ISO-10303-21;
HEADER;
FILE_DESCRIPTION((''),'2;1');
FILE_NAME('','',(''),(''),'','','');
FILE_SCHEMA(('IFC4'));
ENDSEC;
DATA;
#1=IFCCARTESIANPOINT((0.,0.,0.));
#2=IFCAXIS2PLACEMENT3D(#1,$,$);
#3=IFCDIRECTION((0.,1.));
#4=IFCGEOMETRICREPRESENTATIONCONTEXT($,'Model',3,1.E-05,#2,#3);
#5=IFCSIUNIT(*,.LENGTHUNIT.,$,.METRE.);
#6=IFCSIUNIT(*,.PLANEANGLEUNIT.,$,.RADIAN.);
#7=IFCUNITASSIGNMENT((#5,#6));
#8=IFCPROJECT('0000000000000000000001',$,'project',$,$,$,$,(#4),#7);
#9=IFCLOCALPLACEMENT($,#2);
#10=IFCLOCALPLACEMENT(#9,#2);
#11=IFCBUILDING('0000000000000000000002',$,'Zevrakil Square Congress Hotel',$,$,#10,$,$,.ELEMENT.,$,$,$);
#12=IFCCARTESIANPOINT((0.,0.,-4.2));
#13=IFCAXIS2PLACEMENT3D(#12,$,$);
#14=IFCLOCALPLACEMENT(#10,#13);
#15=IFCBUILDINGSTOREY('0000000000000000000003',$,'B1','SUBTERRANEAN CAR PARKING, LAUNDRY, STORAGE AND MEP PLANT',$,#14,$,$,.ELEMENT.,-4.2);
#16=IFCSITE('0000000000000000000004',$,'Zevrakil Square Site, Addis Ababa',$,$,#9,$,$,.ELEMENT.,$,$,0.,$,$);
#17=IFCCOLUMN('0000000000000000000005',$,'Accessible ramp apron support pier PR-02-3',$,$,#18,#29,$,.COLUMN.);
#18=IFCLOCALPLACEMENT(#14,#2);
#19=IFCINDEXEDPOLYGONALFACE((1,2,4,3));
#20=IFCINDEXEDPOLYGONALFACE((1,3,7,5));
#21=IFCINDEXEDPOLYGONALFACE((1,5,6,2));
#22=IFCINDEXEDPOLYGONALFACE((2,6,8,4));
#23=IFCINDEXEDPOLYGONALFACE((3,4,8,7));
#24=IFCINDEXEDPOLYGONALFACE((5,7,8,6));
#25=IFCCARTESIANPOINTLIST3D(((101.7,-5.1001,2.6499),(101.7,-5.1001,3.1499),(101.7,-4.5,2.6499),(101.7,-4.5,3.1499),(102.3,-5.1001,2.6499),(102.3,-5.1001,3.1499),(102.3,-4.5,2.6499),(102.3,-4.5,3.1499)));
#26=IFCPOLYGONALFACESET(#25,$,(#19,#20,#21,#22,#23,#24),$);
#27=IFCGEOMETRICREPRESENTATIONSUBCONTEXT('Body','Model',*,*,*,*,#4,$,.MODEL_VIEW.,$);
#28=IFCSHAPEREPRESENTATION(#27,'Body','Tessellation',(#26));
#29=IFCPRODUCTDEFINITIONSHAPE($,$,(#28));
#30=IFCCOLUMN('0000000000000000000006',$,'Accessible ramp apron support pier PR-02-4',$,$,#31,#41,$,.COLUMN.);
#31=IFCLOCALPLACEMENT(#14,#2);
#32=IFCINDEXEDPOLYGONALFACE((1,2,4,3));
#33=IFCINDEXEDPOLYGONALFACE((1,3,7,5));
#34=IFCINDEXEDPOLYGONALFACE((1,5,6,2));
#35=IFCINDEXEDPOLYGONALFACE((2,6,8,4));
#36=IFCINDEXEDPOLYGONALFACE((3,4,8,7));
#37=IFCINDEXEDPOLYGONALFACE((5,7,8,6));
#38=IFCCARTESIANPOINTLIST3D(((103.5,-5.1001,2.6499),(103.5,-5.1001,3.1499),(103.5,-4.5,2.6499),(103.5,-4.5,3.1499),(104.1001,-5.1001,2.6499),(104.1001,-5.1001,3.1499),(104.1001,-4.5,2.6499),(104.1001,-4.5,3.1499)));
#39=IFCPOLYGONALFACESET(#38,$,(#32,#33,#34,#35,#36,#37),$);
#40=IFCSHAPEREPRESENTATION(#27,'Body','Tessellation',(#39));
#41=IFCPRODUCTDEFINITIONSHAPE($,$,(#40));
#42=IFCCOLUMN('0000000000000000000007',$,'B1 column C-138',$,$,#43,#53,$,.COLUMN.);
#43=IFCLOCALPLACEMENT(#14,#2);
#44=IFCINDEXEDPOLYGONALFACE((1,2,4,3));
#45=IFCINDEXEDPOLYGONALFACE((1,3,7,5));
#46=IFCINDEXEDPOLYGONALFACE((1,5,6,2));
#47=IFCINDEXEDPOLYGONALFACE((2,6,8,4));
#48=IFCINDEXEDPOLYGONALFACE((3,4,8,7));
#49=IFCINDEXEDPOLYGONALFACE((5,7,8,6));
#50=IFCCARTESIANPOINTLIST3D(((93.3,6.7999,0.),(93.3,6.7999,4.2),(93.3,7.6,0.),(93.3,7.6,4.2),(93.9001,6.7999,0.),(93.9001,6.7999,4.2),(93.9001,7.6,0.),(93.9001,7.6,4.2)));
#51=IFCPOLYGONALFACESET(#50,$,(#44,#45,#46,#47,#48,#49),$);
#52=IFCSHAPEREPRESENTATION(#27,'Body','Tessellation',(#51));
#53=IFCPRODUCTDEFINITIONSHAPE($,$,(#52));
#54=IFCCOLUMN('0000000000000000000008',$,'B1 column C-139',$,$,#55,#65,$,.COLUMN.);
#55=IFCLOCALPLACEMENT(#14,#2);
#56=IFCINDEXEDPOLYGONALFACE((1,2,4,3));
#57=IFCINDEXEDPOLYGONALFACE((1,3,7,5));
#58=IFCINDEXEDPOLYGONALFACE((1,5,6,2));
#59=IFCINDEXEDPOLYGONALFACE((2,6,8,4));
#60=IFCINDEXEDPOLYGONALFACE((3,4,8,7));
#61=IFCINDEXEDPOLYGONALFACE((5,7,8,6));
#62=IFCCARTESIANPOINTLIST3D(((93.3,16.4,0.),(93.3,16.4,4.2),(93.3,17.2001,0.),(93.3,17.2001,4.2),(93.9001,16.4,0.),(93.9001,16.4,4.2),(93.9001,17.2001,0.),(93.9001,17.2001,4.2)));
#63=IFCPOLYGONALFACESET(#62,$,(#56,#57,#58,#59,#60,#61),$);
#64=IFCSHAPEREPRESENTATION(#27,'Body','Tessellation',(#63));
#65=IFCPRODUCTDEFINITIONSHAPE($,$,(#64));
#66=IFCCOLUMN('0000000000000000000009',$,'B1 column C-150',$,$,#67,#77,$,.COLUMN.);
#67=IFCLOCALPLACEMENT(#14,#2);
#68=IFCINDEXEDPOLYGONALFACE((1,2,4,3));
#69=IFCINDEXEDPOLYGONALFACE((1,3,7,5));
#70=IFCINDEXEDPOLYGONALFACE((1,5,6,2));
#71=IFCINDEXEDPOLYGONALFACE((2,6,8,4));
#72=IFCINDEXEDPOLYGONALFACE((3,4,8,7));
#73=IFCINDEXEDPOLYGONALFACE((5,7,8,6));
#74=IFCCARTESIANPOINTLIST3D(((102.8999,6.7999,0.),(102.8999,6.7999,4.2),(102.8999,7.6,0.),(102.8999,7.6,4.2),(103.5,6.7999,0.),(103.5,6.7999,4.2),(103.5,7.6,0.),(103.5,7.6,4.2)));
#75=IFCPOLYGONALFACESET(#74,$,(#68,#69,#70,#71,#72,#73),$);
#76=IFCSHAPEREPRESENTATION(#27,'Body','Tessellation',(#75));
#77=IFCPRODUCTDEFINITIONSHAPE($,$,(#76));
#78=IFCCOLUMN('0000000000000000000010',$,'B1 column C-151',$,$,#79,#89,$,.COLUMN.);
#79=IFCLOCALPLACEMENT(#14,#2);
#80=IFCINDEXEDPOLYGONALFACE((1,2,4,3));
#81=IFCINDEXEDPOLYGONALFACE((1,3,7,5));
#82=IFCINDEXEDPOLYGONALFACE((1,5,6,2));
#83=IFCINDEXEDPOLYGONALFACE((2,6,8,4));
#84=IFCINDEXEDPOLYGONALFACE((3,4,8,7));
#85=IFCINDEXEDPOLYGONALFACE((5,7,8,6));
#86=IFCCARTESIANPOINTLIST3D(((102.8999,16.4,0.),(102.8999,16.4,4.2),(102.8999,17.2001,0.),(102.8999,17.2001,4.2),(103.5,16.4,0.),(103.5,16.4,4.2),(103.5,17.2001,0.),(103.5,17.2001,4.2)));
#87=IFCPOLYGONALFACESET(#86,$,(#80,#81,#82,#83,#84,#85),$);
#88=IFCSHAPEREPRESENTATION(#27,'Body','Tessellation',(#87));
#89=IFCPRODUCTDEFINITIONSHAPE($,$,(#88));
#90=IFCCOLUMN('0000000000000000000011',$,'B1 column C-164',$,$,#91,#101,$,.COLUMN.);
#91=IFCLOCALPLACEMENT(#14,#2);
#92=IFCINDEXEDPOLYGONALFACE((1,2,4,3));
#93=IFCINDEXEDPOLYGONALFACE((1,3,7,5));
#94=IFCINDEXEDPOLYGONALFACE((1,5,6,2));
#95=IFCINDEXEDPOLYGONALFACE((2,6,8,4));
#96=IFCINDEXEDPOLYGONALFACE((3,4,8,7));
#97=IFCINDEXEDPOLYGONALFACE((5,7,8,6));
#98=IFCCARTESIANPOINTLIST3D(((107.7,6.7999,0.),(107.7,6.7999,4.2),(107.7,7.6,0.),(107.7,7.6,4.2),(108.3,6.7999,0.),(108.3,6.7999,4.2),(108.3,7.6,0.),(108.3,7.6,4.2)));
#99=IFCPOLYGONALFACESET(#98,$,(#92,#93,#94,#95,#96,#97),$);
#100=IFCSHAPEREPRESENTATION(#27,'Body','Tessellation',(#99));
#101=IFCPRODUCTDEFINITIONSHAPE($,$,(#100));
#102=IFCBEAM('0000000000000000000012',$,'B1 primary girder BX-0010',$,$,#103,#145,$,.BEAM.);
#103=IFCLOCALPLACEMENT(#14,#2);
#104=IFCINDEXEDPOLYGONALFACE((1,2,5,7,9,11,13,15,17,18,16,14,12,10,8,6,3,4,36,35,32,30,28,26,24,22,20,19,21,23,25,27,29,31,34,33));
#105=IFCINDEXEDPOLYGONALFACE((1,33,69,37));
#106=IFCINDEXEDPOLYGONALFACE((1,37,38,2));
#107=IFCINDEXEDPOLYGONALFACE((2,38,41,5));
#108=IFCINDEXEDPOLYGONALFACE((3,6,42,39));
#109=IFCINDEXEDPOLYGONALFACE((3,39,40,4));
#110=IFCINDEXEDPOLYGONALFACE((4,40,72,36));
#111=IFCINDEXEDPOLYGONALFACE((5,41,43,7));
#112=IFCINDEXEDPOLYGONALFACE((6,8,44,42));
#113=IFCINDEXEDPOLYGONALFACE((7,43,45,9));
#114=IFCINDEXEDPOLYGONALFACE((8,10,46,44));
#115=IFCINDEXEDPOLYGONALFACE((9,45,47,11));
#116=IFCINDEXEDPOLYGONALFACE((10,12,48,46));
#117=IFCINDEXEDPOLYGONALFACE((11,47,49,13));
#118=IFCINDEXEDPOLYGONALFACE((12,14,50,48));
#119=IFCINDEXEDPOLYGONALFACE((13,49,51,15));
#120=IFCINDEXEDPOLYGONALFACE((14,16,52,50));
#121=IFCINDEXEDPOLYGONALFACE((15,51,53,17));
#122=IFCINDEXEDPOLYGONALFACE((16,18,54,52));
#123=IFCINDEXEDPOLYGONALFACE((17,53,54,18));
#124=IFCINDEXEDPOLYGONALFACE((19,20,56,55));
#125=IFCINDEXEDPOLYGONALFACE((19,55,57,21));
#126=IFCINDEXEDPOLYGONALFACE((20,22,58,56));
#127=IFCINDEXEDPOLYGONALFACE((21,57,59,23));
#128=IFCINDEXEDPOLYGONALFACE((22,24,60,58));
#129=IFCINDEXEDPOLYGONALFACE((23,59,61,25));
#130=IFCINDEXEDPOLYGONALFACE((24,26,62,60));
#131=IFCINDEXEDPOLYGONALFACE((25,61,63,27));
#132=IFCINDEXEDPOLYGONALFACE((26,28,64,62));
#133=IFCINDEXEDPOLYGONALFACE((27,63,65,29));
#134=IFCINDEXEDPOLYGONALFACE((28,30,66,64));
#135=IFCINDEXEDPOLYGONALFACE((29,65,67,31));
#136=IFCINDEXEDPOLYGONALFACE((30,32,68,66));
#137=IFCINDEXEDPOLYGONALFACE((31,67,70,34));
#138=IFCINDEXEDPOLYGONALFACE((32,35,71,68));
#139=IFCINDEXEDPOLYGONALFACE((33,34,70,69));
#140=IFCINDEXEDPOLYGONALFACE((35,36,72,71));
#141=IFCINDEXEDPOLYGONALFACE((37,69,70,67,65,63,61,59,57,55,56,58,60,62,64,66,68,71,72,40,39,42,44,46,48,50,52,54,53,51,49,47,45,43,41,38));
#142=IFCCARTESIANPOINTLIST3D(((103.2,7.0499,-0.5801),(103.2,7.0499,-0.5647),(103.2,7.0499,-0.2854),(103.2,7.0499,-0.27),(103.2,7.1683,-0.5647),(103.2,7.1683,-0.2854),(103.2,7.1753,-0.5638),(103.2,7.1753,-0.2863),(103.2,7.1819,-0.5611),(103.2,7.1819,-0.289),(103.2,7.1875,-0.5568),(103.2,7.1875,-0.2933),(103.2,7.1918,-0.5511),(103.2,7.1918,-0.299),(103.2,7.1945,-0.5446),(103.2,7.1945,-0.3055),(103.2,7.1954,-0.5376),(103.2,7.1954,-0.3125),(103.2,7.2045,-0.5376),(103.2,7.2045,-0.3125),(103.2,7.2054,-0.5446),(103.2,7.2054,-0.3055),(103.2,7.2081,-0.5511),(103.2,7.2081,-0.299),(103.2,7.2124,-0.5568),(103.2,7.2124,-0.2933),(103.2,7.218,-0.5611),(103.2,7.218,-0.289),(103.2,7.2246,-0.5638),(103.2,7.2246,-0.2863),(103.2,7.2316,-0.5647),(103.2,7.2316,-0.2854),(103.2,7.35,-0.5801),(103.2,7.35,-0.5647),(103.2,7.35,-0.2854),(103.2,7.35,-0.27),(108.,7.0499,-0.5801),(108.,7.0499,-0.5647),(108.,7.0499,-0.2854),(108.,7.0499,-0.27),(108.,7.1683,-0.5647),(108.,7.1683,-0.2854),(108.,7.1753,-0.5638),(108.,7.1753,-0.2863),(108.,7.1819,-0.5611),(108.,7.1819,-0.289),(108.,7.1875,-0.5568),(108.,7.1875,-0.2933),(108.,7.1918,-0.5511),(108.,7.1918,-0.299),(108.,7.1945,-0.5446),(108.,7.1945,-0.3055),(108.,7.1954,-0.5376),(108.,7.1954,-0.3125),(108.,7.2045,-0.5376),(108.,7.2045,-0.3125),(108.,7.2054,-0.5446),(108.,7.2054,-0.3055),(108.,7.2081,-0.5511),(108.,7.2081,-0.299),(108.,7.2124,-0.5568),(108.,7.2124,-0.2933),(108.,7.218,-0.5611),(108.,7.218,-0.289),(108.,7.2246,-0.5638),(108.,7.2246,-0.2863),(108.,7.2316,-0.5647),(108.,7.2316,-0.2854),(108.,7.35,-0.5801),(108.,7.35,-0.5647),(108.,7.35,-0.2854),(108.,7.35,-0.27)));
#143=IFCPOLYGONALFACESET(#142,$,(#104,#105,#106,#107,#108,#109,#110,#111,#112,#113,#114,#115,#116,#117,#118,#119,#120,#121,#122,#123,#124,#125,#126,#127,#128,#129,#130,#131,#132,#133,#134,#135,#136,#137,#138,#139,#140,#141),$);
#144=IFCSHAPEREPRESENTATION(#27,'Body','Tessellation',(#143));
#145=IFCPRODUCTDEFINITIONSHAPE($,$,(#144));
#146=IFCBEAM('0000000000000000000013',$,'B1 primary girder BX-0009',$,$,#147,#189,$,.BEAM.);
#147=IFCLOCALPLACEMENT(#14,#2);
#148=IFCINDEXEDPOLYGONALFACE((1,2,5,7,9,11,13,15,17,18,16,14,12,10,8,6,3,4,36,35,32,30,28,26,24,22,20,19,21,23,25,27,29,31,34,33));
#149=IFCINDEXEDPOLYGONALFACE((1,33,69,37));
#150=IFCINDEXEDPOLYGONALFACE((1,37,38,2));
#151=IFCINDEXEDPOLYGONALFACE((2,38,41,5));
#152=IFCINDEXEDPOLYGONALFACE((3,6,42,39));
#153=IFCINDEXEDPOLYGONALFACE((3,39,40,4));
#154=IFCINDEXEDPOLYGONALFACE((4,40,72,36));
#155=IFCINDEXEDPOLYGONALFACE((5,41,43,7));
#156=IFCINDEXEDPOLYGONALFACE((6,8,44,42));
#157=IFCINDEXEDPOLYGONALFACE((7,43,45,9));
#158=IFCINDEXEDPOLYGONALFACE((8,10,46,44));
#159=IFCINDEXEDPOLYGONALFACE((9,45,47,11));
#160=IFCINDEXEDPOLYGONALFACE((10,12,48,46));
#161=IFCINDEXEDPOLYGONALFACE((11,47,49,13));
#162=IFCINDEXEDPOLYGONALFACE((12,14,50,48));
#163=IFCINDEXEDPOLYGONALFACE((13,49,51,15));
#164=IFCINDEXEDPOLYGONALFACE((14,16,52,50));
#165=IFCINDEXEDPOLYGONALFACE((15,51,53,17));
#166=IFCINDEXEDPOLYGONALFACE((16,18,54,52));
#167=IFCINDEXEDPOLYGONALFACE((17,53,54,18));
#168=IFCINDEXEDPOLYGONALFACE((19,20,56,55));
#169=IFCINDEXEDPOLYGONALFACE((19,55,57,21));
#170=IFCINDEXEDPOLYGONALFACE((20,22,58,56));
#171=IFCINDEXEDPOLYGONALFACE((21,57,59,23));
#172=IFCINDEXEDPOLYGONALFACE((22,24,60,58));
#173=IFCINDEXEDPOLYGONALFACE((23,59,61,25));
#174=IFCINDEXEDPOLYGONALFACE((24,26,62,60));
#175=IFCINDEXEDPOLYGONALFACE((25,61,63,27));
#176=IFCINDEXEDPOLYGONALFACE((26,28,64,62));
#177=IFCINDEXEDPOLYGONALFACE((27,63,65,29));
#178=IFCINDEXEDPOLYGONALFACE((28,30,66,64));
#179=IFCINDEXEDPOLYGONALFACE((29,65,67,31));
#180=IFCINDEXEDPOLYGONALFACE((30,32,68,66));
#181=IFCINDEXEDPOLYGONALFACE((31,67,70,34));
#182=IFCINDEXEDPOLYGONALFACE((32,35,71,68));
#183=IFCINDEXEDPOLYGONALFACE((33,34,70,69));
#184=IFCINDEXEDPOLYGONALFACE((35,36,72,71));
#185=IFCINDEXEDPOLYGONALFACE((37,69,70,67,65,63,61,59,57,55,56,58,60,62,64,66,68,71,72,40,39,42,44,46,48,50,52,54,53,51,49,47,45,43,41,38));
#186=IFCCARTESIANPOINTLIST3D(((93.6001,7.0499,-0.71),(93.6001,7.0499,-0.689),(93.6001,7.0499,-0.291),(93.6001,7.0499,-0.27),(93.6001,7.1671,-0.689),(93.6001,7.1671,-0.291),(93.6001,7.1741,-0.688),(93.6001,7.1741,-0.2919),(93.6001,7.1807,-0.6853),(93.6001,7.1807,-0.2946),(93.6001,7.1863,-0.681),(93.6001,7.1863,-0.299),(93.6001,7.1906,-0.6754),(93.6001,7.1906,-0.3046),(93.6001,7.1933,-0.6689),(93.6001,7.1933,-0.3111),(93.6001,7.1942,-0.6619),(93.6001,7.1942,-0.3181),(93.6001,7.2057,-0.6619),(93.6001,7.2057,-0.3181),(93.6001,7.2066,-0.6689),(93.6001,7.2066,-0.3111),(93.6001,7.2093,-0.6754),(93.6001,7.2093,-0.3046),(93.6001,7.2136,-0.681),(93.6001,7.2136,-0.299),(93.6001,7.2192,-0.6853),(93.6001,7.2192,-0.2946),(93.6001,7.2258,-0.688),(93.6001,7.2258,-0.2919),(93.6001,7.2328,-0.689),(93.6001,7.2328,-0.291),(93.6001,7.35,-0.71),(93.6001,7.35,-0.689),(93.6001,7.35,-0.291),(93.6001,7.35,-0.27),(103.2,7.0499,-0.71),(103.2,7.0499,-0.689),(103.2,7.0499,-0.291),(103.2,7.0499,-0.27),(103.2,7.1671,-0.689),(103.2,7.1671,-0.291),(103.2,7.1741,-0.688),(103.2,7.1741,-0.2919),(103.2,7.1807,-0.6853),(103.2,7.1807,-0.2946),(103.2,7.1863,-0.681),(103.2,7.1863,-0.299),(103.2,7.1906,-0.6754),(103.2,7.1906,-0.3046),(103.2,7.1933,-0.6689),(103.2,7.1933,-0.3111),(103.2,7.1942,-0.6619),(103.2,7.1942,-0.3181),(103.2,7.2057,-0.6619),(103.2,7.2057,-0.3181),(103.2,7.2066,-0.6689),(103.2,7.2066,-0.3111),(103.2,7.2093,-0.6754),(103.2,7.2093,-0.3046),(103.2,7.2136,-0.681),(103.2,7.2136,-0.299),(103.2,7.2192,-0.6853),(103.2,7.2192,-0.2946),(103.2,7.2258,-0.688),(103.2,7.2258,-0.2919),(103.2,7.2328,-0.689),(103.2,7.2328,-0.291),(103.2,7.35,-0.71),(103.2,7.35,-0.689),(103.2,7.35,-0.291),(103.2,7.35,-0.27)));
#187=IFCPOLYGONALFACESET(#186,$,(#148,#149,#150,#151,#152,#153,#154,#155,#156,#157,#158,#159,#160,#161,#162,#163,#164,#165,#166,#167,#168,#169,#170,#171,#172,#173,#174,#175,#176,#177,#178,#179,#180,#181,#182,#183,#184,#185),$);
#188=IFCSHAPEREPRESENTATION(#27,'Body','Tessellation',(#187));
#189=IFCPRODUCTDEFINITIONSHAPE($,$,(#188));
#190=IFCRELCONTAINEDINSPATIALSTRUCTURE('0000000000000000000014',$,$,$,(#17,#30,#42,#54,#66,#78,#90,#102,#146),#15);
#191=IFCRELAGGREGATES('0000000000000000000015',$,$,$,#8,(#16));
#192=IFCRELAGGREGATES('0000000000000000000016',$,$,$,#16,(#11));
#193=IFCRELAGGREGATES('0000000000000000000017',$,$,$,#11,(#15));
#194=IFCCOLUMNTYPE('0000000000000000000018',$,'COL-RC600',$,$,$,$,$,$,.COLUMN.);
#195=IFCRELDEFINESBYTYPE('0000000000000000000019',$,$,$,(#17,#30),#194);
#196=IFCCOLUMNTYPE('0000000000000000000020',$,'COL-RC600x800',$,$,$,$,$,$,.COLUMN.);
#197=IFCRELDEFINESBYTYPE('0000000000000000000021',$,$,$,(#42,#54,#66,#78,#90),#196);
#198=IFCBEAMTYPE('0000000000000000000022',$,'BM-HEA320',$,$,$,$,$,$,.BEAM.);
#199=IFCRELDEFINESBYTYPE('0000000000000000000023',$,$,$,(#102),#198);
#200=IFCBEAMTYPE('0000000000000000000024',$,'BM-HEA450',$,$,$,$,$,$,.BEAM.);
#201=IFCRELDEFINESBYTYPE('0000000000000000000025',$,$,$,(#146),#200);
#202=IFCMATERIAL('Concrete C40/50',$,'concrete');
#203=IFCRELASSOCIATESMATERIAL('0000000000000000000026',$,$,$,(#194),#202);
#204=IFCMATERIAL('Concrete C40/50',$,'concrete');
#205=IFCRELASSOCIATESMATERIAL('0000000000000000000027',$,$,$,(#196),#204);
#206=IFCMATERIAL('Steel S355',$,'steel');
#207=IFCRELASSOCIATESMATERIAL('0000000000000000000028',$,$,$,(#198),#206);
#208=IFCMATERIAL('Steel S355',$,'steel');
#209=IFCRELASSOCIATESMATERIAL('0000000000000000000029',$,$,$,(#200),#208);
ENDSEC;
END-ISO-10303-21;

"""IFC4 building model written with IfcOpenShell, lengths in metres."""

from ifc_helpers import new_model, si_unit, direction, frame, origin, origin_2d, place, context, subcontext, project, spatial, rectangle, i_section, extrude, material, material_profile, profile_set, type_object, element, save


model = new_model("IFC4")

# Units and contexts
model_context = context("Model", 3, precision=1e-05, world=origin(), true_north=direction((0.0, 1.0)))
body_context = subcontext(model_context, "Body", "Model", "MODEL_VIEW")
ifc_project = project(units=[si_unit("LENGTHUNIT", "METRE"), si_unit("PLANEANGLEUNIT", "RADIAN")], contexts=[model_context])

# Site, building, storey
site_placement = place(None, origin())
site = spatial("IfcSite", under=ifc_project, at=site_placement, Name="Zevrakil Square Site, Addis Ababa", CompositionType="ELEMENT", RefElevation=0.0)
building_placement = place(site_placement, origin())
building = spatial("IfcBuilding", under=site, at=building_placement, Name="Zevrakil Square Congress Hotel", CompositionType="ELEMENT")
storey_placement = place(building_placement, frame((0.0, 0.0, -4.2)))
storey = spatial("IfcBuildingStorey", under=building, at=storey_placement, Name="B1", Description="SUBTERRANEAN CAR PARKING, LAUNDRY, STORAGE AND MEP PLANT", CompositionType="ELEMENT", Elevation=-4.2)

# Columns
ifc_material_1 = material(Name="Concrete C40/50", Category="concrete")
ifc_material_profile_1 = material_profile(ifc_material_1, rectangle(XDim=0.6001, YDim=0.6001, at=origin_2d()), Name="RC 600x600")
ifc_profile_set_1 = profile_set([ifc_material_profile_1], Name="Concrete C40/50")
column_type_1 = type_object("IfcColumnType", Name="COL-RC600", PredefinedType="COLUMN", material=ifc_profile_set_1)
for number, where, z_axis, x_axis, name in (
    (1, (102.0, -4.8, 2.6499), (0.0, 0.0, 1.0), (1.0, 0.0, 0.0), "Accessible ramp apron support pier PR-02-3"),
    (2, (103.8, -4.8, 2.6499), (0.0, 0.0, 1.0), (1.0, 0.0, 0.0), "Accessible ramp apron support pier PR-02-4"),
):
    element("IfcColumn", number, at=place(storey_placement, frame(where, z_axis=z_axis, x_axis=x_axis)), inside=storey, type_object=column_type_1, Name=name, PredefinedType="COLUMN", context=body_context, shape_type="SweptSolid", body=[
        extrude(rectangle(XDim=0.6001, YDim=0.6001, at=origin_2d()), origin(), (0.0, 0.0, 1.0), 0.5),
    ])
ifc_material_2 = material(Name="Concrete C40/50", Category="concrete")
ifc_material_profile_2 = material_profile(ifc_material_2, rectangle(XDim=0.6001, YDim=0.8, at=origin_2d()), Name="RC 600x800")
ifc_profile_set_2 = profile_set([ifc_material_profile_2], Name="Concrete C40/50")
column_type_2 = type_object("IfcColumnType", Name="COL-RC600x800", PredefinedType="COLUMN", material=ifc_profile_set_2)
for number, where, z_axis, x_axis, name in (
    (3, (93.6001, 7.2, 0.0), (0.0, 0.0, 1.0), (1.0, 0.0, 0.0), "B1 column C-138"),
    (4, (93.6001, 16.8, 0.0), (0.0, 0.0, 1.0), (1.0, 0.0, 0.0), "B1 column C-139"),
    (5, (103.2, 7.2, 0.0), (0.0, 0.0, 1.0), (1.0, 0.0, 0.0), "B1 column C-150"),
    (6, (103.2, 16.8, 0.0), (0.0, 0.0, 1.0), (1.0, 0.0, 0.0), "B1 column C-151"),
    (7, (108.0, 7.2, 0.0), (0.0, 0.0, 1.0), (1.0, 0.0, 0.0), "B1 column C-164"),
):
    element("IfcColumn", number, at=place(storey_placement, frame(where, z_axis=z_axis, x_axis=x_axis)), inside=storey, type_object=column_type_2, Name=name, PredefinedType="COLUMN", context=body_context, shape_type="SweptSolid", body=[
        extrude(rectangle(XDim=0.6001, YDim=0.8, at=origin_2d()), origin(), (0.0, 0.0, 1.0), 4.2),
    ])

# Beams
ifc_material_3 = material(Name="Steel S355", Category="steel")
ifc_material_profile_3 = material_profile(ifc_material_3, i_section(OverallWidth=0.3, OverallDepth=0.3101, WebThickness=0.009, FlangeThickness=0.0154, FilletRadius=0.0271, at=origin_2d()), Name="HEA 320")
ifc_profile_set_3 = profile_set([ifc_material_profile_3], Name="Steel S355")
beam_type_1 = type_object("IfcBeamType", Name="BM-HEA320", PredefinedType="BEAM", material=ifc_profile_set_3)
beam_1_placement = place(storey_placement, frame((103.2, 7.2, -0.425), z_axis=(1.0, 0.0, 0.0), x_axis=(0.0, 1.0, 0.0)))
element("IfcBeam", 8, at=beam_1_placement, inside=storey, type_object=beam_type_1, Name="B1 primary girder BX-0010", PredefinedType="BEAM", context=body_context, shape_type="SweptSolid", body=[
    extrude(i_section(OverallWidth=0.3, OverallDepth=0.3101, WebThickness=0.009, FlangeThickness=0.0154, FilletRadius=0.0271, at=origin_2d()), origin(), (0.0, 0.0, 1.0), 4.8),
])
ifc_material_4 = material(Name="Steel S355", Category="steel")
ifc_material_profile_4 = material_profile(ifc_material_4, i_section(OverallWidth=0.3, OverallDepth=0.4399, WebThickness=0.0115, FlangeThickness=0.021, FilletRadius=0.0271, at=origin_2d()), Name="HEA 450")
ifc_profile_set_4 = profile_set([ifc_material_profile_4], Name="Steel S355")
beam_type_2 = type_object("IfcBeamType", Name="BM-HEA450", PredefinedType="BEAM", material=ifc_profile_set_4)
beam_2_placement = place(storey_placement, frame((93.6001, 7.2, -0.49), z_axis=(1.0, 0.0, 0.0), x_axis=(0.0, 1.0, 0.0)))
element("IfcBeam", 9, at=beam_2_placement, inside=storey, type_object=beam_type_2, Name="B1 primary girder BX-0009", PredefinedType="BEAM", context=body_context, shape_type="SweptSolid", body=[
    extrude(i_section(OverallWidth=0.3, OverallDepth=0.4399, WebThickness=0.0115, FlangeThickness=0.021, FilletRadius=0.0271, at=origin_2d()), origin(), (0.0, 0.0, 1.0), 9.5999),
])

save(model, "model.ifc")
